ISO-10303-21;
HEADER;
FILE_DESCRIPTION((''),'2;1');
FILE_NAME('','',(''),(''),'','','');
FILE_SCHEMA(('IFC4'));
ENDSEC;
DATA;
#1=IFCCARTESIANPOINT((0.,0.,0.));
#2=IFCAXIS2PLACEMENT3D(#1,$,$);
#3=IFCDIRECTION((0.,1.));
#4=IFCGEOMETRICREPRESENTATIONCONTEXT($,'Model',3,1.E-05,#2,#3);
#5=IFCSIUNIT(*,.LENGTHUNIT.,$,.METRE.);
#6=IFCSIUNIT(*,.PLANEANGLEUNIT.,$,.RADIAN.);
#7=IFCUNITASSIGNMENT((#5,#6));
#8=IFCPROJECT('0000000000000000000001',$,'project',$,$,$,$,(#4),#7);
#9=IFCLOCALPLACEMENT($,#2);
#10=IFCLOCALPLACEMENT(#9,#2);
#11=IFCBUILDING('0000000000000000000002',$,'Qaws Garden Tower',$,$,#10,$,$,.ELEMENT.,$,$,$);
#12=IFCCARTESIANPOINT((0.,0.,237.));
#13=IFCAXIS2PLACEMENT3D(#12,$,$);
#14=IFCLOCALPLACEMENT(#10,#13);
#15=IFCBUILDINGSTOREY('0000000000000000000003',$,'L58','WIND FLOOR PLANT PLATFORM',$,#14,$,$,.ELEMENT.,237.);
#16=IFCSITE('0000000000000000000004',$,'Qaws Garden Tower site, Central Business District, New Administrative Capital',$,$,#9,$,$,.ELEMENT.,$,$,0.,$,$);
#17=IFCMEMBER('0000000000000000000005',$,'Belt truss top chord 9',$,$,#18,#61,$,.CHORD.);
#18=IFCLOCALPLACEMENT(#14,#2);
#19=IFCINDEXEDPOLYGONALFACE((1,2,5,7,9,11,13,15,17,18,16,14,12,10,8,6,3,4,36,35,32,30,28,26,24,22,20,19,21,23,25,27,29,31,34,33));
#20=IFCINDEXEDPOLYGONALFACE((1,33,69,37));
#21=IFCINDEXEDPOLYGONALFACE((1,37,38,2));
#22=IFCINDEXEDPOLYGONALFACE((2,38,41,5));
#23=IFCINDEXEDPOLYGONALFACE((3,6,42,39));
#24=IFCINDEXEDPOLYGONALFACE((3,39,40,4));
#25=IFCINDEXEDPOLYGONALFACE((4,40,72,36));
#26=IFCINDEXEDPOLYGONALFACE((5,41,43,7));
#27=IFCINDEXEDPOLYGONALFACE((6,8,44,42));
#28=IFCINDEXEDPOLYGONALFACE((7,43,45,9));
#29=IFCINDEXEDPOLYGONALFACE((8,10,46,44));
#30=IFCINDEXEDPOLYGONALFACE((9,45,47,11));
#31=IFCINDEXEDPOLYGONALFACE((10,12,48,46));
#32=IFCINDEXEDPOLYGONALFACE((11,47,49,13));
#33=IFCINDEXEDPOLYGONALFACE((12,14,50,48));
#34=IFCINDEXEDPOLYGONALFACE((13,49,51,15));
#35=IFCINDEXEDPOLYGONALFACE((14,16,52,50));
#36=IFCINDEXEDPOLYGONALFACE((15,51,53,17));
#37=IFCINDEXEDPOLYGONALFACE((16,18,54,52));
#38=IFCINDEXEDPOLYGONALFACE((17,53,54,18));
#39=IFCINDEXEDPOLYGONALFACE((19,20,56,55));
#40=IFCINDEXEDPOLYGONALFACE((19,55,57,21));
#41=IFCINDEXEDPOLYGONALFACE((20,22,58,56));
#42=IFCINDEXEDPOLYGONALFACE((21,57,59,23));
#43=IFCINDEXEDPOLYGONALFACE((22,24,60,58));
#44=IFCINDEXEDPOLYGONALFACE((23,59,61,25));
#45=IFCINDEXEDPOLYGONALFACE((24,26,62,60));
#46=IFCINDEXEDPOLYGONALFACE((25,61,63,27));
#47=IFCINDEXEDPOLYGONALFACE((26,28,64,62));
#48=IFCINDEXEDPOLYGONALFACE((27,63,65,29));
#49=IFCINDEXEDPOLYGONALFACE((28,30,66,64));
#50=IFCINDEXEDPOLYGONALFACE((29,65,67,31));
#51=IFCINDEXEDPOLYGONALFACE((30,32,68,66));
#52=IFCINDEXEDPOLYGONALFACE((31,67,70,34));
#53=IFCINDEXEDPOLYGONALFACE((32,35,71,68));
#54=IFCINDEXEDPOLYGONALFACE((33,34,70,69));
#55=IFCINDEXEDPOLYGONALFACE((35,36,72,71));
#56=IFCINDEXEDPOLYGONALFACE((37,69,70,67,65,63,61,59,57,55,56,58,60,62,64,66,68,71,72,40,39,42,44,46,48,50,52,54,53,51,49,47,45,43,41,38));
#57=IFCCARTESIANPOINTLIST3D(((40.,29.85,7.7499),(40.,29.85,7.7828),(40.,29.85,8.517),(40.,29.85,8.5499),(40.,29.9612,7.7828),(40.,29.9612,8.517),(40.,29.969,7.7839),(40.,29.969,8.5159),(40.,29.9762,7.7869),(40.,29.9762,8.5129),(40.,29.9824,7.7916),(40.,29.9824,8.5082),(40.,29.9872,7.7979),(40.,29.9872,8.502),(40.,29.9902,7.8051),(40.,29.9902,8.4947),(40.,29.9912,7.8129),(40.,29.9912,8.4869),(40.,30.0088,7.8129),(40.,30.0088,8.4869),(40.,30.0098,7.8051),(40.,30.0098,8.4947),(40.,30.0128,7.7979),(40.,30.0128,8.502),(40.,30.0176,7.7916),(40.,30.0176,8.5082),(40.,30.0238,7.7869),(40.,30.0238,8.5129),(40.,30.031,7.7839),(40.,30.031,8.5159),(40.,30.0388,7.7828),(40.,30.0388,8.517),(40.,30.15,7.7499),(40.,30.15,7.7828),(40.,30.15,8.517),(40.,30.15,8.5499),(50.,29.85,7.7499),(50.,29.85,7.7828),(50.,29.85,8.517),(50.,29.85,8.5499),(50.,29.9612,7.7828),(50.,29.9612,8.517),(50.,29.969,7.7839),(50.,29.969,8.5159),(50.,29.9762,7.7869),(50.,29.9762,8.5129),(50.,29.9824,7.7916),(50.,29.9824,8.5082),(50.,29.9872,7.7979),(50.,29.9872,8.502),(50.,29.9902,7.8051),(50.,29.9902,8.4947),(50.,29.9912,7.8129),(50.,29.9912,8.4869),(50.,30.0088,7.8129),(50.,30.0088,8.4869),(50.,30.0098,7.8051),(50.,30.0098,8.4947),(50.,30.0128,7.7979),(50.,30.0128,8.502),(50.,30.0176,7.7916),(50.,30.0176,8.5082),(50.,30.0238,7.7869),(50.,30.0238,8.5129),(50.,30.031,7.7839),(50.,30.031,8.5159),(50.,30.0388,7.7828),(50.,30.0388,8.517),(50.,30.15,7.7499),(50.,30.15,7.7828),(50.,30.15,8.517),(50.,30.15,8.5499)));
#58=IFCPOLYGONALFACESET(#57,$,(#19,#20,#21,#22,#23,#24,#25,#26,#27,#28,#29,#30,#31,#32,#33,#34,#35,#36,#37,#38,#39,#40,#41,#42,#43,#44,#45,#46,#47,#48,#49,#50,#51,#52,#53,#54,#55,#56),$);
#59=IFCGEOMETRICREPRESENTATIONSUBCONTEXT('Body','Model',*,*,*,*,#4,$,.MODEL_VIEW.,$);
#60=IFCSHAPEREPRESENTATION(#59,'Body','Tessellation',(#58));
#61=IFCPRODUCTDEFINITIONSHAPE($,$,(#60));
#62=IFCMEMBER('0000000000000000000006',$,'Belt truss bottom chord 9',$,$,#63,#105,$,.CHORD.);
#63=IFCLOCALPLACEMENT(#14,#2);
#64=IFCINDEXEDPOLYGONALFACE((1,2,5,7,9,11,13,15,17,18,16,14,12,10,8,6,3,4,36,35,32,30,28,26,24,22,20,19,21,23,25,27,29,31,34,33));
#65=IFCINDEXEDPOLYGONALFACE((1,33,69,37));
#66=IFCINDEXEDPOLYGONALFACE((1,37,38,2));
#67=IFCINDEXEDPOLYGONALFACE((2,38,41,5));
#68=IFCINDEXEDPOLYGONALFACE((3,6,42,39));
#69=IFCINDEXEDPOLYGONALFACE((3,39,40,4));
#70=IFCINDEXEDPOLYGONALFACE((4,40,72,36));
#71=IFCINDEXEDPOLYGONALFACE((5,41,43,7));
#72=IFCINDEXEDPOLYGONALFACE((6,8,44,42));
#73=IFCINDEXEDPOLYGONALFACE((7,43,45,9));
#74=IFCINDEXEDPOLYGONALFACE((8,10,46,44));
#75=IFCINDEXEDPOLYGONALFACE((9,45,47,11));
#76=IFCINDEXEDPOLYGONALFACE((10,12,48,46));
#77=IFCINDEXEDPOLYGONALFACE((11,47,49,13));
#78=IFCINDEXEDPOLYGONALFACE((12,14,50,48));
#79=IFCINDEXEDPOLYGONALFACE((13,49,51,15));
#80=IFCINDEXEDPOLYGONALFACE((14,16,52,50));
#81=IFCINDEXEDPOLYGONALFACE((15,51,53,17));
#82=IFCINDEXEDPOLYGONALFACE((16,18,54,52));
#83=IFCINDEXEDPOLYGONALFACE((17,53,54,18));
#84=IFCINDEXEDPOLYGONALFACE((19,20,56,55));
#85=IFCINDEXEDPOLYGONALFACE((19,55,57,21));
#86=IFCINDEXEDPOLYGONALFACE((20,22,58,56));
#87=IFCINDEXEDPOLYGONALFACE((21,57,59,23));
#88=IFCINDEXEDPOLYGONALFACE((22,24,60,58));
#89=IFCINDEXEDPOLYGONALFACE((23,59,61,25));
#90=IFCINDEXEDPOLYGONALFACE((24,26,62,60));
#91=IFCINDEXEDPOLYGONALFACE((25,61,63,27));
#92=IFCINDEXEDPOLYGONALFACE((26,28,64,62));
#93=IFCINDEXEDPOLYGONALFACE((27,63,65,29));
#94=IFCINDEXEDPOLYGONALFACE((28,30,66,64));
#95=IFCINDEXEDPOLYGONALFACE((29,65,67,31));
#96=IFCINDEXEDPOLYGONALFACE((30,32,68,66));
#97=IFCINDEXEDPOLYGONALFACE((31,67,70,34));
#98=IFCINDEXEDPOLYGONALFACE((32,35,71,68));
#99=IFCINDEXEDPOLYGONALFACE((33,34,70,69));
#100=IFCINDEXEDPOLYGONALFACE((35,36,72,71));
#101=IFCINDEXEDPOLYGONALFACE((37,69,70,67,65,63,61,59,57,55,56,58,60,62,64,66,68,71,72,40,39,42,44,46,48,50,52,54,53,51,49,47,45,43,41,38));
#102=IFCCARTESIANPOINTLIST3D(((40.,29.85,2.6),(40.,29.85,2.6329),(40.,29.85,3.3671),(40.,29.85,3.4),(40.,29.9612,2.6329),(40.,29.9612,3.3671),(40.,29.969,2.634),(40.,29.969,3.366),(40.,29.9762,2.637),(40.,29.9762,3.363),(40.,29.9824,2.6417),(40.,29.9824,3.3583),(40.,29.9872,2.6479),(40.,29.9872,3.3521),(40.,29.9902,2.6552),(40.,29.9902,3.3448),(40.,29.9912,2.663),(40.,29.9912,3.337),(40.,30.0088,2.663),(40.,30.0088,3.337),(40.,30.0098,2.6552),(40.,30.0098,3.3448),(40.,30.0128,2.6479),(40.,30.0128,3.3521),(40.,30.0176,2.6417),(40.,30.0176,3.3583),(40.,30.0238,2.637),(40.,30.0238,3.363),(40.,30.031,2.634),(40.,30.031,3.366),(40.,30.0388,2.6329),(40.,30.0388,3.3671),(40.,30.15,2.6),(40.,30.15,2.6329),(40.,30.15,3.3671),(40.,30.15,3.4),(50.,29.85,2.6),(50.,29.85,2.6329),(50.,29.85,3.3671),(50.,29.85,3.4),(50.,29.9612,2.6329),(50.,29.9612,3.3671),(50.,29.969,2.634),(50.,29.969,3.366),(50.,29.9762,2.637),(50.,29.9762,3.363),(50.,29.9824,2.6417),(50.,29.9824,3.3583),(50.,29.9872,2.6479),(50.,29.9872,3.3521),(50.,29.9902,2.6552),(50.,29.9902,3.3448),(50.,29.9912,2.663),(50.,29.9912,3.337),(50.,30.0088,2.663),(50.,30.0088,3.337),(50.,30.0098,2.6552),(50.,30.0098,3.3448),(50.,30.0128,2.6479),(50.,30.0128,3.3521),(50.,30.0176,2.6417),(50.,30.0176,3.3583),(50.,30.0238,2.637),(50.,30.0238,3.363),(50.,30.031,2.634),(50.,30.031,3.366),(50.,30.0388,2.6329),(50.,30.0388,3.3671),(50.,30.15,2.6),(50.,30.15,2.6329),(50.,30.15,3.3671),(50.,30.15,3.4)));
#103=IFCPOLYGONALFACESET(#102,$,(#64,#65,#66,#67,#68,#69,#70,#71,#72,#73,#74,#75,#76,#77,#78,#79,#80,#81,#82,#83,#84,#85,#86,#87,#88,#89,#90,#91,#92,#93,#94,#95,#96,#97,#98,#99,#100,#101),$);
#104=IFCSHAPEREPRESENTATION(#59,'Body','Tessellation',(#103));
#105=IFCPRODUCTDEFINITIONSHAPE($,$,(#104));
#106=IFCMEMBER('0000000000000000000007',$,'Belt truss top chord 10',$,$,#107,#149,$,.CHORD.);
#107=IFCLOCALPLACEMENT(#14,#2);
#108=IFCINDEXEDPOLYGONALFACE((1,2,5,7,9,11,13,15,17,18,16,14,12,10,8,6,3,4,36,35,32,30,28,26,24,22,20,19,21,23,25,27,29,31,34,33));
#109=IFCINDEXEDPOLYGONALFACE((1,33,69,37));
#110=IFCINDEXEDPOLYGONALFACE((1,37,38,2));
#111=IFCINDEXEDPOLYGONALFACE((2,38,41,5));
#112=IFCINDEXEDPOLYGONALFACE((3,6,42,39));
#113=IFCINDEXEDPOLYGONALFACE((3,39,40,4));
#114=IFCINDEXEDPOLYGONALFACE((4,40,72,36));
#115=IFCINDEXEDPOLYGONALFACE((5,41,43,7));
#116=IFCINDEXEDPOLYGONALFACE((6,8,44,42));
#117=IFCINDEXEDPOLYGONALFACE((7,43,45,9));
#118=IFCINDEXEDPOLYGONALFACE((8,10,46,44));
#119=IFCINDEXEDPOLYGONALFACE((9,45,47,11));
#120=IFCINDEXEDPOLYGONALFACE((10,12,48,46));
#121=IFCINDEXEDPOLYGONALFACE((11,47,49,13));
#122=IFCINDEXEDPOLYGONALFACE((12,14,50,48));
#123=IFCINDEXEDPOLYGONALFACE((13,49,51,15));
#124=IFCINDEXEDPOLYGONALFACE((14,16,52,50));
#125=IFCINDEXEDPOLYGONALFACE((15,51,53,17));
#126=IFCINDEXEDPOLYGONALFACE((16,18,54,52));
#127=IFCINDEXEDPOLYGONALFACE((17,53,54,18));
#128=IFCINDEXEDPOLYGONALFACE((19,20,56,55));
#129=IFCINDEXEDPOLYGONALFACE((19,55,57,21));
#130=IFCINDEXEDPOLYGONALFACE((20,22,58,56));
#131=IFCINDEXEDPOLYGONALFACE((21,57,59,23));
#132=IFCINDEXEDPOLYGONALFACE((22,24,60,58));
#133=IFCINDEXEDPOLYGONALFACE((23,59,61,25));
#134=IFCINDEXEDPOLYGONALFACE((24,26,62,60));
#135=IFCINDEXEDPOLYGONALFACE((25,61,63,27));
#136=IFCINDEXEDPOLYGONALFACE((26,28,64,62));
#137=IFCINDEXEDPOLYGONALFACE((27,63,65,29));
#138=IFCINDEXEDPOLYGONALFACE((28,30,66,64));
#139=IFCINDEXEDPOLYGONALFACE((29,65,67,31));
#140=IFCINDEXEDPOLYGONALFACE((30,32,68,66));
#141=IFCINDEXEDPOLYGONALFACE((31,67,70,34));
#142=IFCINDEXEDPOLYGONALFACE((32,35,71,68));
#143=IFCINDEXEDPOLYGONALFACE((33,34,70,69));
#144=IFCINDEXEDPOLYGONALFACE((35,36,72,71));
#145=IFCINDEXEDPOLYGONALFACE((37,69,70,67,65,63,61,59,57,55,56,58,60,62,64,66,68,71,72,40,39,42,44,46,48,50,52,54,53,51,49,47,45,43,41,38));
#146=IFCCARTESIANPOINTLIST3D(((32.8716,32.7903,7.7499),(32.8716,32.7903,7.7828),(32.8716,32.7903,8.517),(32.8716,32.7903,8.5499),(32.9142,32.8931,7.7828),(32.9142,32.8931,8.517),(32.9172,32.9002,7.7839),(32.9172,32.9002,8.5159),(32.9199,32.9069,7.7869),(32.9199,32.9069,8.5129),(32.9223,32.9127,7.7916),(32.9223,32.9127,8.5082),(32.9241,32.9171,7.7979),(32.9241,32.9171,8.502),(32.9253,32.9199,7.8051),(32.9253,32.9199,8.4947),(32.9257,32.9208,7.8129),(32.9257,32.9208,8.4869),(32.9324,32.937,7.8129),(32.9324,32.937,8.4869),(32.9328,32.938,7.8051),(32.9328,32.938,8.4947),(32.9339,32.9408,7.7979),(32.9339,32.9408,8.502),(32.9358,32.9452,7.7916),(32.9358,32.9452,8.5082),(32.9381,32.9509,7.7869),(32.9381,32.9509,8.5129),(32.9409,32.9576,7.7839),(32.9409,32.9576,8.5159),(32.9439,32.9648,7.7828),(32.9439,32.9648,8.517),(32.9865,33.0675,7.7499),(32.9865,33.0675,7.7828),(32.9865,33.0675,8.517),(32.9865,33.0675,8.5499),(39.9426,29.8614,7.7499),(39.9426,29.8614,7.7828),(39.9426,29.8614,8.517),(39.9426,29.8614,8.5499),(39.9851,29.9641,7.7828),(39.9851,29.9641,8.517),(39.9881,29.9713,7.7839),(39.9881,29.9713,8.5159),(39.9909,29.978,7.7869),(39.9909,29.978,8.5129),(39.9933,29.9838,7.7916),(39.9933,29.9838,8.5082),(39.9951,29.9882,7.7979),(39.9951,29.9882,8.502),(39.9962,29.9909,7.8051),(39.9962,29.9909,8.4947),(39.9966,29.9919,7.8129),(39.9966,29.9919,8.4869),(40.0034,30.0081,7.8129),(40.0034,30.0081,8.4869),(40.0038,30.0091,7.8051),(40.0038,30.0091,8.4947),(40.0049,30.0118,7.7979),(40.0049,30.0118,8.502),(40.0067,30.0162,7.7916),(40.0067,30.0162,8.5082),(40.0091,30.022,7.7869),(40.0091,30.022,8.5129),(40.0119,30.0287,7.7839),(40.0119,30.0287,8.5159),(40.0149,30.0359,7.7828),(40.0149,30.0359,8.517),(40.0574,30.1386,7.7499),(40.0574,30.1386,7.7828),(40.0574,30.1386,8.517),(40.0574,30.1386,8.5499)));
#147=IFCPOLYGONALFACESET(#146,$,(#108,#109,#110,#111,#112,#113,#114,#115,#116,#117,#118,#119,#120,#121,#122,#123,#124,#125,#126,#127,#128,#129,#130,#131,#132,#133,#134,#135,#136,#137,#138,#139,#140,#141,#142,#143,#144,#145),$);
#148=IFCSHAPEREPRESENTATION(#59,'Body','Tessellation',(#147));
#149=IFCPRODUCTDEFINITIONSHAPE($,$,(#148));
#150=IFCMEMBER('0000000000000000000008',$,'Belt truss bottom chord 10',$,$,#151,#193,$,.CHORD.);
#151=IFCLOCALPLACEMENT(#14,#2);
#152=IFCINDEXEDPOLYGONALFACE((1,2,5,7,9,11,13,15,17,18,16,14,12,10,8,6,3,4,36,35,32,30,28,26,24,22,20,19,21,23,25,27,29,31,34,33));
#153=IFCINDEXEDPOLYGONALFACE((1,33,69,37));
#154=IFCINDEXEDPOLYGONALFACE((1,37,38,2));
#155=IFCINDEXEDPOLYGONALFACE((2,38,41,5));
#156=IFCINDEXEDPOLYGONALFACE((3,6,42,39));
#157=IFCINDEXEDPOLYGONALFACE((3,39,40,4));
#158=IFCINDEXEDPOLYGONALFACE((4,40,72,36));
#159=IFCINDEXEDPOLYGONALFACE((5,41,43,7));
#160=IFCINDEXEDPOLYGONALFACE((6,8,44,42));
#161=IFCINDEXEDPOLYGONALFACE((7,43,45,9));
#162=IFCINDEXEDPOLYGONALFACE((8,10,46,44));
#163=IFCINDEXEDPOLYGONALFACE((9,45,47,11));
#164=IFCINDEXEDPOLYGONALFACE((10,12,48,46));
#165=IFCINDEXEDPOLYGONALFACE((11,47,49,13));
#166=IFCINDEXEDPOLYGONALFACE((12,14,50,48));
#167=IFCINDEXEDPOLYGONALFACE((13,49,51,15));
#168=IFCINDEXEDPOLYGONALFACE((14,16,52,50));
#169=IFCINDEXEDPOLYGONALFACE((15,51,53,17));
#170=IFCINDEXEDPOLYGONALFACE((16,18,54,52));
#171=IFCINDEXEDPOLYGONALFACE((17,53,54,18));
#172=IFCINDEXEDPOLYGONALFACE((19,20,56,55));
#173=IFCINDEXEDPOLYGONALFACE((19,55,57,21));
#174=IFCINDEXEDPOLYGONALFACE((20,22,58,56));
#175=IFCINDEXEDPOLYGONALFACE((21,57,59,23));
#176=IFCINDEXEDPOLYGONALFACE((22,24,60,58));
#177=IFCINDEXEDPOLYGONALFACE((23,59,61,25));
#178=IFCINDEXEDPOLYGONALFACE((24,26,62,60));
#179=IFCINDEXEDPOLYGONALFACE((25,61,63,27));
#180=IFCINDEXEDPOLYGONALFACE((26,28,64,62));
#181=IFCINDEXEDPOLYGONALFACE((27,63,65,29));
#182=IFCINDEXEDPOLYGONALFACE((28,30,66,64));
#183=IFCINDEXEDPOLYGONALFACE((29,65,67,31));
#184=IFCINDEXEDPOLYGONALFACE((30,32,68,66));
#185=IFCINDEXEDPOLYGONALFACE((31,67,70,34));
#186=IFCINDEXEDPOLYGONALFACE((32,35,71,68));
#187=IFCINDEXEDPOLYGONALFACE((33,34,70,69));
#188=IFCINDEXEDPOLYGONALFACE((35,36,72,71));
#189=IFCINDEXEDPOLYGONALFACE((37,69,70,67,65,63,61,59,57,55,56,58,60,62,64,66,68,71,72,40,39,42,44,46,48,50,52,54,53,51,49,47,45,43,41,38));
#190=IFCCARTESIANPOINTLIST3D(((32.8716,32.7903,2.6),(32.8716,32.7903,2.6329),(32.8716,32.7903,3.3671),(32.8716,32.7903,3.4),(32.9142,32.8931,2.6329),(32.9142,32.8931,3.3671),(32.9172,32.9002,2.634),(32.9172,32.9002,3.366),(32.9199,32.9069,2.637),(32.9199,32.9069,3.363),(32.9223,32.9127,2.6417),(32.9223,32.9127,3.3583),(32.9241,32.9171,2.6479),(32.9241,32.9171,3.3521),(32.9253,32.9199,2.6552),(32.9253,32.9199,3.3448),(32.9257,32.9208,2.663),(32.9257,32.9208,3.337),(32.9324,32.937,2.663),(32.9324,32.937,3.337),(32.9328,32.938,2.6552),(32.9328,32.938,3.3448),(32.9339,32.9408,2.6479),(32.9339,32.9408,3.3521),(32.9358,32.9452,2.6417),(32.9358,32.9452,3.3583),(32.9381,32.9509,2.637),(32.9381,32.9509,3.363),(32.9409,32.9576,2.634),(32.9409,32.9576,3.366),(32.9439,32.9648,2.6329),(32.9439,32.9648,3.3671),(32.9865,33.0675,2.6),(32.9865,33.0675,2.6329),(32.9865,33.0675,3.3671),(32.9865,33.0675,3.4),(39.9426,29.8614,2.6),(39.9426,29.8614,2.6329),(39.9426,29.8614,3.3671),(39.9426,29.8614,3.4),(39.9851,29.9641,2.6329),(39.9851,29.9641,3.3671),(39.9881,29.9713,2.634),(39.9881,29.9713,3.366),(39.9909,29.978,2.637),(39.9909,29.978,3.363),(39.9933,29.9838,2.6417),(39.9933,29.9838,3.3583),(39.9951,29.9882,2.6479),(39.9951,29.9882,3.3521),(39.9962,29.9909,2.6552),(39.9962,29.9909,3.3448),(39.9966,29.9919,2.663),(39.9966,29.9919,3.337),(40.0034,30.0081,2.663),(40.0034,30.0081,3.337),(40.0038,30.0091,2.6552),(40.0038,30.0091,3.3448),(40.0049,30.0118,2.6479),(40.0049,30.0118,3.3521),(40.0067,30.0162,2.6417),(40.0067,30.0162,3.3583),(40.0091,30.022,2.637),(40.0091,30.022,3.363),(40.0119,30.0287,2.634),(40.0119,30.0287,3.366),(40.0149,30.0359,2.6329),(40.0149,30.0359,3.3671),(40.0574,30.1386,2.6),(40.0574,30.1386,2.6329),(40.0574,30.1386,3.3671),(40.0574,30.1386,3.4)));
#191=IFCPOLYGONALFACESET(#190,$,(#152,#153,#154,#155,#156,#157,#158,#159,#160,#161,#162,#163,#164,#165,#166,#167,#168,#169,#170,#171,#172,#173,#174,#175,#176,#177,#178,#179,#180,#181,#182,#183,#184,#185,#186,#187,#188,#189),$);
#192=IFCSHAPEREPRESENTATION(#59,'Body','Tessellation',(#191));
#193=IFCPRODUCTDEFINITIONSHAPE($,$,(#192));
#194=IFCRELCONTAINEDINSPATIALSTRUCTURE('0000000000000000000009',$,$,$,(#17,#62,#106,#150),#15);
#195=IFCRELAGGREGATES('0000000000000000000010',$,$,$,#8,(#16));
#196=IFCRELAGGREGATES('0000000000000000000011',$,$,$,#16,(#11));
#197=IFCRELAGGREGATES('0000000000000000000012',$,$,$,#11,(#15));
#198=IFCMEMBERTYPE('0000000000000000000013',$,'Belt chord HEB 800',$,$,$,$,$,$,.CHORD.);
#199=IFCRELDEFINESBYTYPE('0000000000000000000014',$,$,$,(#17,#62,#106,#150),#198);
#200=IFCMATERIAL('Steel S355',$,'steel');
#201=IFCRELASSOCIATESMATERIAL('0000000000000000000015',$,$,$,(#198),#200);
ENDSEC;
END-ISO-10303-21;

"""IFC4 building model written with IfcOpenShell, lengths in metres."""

from ifc_helpers import new_model, si_unit, direction, frame, origin, origin_2d, place, context, subcontext, project, spatial, i_section, extrude, material, material_profile, profile_set, type_object, element, save


model = new_model("IFC4")

# Units and contexts
model_context = context("Model", 3, precision=1e-05, world=origin(), true_north=direction((0.0, 1.0)))
body_context = subcontext(model_context, "Body", "Model", "MODEL_VIEW")
ifc_project = project(units=[si_unit("LENGTHUNIT", "METRE"), si_unit("PLANEANGLEUNIT", "RADIAN")], contexts=[model_context])

# Site, building, storey
site_placement = place(None, origin())
site = spatial("IfcSite", under=ifc_project, at=site_placement, Name="Qaws Garden Tower site, Central Business District, New Administrative Capital", CompositionType="ELEMENT", RefElevation=0.0)
building_placement = place(site_placement, origin())
building = spatial("IfcBuilding", under=site, at=building_placement, Name="Qaws Garden Tower", CompositionType="ELEMENT")
storey_placement = place(building_placement, frame((0.0, 0.0, 237.0)))
storey = spatial("IfcBuildingStorey", under=building, at=storey_placement, Name="L58", Description="WIND FLOOR PLANT PLATFORM", CompositionType="ELEMENT", Elevation=237.0)

# Members
ifc_material_1 = material(Name="Steel S355", Category="steel")
ifc_material_profile_1 = material_profile(ifc_material_1, i_section(OverallWidth=0.3, OverallDepth=0.8, WebThickness=0.0176, FlangeThickness=0.033, FilletRadius=0.03, at=origin_2d()), Name="HEB 800")
ifc_profile_set_1 = profile_set([ifc_material_profile_1], Name="Steel S355")
member_type_1 = type_object("IfcMemberType", Name="Belt chord HEB 800", PredefinedType="CHORD", material=ifc_profile_set_1)
for number, where, z_axis, x_axis, name in (
    (1, (50.0, 30.0, 8.1499), (-1.0, 0.0, 0.0), (0.0, -1.0, 0.0), "Belt truss top chord 9"),
    (2, (50.0, 30.0, 3.0), (-1.0, 0.0, 0.0), (0.0, -1.0, 0.0), "Belt truss bottom chord 9"),
):
    element("IfcMember", number, at=place(storey_placement, frame(where, z_axis=z_axis, x_axis=x_axis)), inside=storey, type_object=member_type_1, Name=name, PredefinedType="CHORD", context=body_context, shape_type="SweptSolid", body=[
        extrude(i_section(OverallWidth=0.3, OverallDepth=0.8, WebThickness=0.0176, FlangeThickness=0.033, FilletRadius=0.03, at=origin_2d()), origin(), (0.0, 0.0, 1.0), 10.0),
    ])
for number, where, z_axis, x_axis, name in (
    (3, (40.0, 30.0, 8.1499), (-0.923878, 0.382687, 0.0), (-0.382687, -0.923878, 0.0), "Belt truss top chord 10"),
    (4, (40.0, 30.0, 3.0), (-0.923878, 0.382687, 0.0), (-0.382687, -0.923878, 0.0), "Belt truss bottom chord 10"),
):
    element("IfcMember", number, at=place(storey_placement, frame(where, z_axis=z_axis, x_axis=x_axis)), inside=storey, type_object=member_type_1, Name=name, PredefinedType="CHORD", context=body_context, shape_type="SweptSolid", body=[
        extrude(i_section(OverallWidth=0.3, OverallDepth=0.8, WebThickness=0.0176, FlangeThickness=0.033, FilletRadius=0.03, at=origin_2d()), origin(), (0.0, 0.0, 1.0), 7.6536),
    ])

save(model, "model.ifc")
